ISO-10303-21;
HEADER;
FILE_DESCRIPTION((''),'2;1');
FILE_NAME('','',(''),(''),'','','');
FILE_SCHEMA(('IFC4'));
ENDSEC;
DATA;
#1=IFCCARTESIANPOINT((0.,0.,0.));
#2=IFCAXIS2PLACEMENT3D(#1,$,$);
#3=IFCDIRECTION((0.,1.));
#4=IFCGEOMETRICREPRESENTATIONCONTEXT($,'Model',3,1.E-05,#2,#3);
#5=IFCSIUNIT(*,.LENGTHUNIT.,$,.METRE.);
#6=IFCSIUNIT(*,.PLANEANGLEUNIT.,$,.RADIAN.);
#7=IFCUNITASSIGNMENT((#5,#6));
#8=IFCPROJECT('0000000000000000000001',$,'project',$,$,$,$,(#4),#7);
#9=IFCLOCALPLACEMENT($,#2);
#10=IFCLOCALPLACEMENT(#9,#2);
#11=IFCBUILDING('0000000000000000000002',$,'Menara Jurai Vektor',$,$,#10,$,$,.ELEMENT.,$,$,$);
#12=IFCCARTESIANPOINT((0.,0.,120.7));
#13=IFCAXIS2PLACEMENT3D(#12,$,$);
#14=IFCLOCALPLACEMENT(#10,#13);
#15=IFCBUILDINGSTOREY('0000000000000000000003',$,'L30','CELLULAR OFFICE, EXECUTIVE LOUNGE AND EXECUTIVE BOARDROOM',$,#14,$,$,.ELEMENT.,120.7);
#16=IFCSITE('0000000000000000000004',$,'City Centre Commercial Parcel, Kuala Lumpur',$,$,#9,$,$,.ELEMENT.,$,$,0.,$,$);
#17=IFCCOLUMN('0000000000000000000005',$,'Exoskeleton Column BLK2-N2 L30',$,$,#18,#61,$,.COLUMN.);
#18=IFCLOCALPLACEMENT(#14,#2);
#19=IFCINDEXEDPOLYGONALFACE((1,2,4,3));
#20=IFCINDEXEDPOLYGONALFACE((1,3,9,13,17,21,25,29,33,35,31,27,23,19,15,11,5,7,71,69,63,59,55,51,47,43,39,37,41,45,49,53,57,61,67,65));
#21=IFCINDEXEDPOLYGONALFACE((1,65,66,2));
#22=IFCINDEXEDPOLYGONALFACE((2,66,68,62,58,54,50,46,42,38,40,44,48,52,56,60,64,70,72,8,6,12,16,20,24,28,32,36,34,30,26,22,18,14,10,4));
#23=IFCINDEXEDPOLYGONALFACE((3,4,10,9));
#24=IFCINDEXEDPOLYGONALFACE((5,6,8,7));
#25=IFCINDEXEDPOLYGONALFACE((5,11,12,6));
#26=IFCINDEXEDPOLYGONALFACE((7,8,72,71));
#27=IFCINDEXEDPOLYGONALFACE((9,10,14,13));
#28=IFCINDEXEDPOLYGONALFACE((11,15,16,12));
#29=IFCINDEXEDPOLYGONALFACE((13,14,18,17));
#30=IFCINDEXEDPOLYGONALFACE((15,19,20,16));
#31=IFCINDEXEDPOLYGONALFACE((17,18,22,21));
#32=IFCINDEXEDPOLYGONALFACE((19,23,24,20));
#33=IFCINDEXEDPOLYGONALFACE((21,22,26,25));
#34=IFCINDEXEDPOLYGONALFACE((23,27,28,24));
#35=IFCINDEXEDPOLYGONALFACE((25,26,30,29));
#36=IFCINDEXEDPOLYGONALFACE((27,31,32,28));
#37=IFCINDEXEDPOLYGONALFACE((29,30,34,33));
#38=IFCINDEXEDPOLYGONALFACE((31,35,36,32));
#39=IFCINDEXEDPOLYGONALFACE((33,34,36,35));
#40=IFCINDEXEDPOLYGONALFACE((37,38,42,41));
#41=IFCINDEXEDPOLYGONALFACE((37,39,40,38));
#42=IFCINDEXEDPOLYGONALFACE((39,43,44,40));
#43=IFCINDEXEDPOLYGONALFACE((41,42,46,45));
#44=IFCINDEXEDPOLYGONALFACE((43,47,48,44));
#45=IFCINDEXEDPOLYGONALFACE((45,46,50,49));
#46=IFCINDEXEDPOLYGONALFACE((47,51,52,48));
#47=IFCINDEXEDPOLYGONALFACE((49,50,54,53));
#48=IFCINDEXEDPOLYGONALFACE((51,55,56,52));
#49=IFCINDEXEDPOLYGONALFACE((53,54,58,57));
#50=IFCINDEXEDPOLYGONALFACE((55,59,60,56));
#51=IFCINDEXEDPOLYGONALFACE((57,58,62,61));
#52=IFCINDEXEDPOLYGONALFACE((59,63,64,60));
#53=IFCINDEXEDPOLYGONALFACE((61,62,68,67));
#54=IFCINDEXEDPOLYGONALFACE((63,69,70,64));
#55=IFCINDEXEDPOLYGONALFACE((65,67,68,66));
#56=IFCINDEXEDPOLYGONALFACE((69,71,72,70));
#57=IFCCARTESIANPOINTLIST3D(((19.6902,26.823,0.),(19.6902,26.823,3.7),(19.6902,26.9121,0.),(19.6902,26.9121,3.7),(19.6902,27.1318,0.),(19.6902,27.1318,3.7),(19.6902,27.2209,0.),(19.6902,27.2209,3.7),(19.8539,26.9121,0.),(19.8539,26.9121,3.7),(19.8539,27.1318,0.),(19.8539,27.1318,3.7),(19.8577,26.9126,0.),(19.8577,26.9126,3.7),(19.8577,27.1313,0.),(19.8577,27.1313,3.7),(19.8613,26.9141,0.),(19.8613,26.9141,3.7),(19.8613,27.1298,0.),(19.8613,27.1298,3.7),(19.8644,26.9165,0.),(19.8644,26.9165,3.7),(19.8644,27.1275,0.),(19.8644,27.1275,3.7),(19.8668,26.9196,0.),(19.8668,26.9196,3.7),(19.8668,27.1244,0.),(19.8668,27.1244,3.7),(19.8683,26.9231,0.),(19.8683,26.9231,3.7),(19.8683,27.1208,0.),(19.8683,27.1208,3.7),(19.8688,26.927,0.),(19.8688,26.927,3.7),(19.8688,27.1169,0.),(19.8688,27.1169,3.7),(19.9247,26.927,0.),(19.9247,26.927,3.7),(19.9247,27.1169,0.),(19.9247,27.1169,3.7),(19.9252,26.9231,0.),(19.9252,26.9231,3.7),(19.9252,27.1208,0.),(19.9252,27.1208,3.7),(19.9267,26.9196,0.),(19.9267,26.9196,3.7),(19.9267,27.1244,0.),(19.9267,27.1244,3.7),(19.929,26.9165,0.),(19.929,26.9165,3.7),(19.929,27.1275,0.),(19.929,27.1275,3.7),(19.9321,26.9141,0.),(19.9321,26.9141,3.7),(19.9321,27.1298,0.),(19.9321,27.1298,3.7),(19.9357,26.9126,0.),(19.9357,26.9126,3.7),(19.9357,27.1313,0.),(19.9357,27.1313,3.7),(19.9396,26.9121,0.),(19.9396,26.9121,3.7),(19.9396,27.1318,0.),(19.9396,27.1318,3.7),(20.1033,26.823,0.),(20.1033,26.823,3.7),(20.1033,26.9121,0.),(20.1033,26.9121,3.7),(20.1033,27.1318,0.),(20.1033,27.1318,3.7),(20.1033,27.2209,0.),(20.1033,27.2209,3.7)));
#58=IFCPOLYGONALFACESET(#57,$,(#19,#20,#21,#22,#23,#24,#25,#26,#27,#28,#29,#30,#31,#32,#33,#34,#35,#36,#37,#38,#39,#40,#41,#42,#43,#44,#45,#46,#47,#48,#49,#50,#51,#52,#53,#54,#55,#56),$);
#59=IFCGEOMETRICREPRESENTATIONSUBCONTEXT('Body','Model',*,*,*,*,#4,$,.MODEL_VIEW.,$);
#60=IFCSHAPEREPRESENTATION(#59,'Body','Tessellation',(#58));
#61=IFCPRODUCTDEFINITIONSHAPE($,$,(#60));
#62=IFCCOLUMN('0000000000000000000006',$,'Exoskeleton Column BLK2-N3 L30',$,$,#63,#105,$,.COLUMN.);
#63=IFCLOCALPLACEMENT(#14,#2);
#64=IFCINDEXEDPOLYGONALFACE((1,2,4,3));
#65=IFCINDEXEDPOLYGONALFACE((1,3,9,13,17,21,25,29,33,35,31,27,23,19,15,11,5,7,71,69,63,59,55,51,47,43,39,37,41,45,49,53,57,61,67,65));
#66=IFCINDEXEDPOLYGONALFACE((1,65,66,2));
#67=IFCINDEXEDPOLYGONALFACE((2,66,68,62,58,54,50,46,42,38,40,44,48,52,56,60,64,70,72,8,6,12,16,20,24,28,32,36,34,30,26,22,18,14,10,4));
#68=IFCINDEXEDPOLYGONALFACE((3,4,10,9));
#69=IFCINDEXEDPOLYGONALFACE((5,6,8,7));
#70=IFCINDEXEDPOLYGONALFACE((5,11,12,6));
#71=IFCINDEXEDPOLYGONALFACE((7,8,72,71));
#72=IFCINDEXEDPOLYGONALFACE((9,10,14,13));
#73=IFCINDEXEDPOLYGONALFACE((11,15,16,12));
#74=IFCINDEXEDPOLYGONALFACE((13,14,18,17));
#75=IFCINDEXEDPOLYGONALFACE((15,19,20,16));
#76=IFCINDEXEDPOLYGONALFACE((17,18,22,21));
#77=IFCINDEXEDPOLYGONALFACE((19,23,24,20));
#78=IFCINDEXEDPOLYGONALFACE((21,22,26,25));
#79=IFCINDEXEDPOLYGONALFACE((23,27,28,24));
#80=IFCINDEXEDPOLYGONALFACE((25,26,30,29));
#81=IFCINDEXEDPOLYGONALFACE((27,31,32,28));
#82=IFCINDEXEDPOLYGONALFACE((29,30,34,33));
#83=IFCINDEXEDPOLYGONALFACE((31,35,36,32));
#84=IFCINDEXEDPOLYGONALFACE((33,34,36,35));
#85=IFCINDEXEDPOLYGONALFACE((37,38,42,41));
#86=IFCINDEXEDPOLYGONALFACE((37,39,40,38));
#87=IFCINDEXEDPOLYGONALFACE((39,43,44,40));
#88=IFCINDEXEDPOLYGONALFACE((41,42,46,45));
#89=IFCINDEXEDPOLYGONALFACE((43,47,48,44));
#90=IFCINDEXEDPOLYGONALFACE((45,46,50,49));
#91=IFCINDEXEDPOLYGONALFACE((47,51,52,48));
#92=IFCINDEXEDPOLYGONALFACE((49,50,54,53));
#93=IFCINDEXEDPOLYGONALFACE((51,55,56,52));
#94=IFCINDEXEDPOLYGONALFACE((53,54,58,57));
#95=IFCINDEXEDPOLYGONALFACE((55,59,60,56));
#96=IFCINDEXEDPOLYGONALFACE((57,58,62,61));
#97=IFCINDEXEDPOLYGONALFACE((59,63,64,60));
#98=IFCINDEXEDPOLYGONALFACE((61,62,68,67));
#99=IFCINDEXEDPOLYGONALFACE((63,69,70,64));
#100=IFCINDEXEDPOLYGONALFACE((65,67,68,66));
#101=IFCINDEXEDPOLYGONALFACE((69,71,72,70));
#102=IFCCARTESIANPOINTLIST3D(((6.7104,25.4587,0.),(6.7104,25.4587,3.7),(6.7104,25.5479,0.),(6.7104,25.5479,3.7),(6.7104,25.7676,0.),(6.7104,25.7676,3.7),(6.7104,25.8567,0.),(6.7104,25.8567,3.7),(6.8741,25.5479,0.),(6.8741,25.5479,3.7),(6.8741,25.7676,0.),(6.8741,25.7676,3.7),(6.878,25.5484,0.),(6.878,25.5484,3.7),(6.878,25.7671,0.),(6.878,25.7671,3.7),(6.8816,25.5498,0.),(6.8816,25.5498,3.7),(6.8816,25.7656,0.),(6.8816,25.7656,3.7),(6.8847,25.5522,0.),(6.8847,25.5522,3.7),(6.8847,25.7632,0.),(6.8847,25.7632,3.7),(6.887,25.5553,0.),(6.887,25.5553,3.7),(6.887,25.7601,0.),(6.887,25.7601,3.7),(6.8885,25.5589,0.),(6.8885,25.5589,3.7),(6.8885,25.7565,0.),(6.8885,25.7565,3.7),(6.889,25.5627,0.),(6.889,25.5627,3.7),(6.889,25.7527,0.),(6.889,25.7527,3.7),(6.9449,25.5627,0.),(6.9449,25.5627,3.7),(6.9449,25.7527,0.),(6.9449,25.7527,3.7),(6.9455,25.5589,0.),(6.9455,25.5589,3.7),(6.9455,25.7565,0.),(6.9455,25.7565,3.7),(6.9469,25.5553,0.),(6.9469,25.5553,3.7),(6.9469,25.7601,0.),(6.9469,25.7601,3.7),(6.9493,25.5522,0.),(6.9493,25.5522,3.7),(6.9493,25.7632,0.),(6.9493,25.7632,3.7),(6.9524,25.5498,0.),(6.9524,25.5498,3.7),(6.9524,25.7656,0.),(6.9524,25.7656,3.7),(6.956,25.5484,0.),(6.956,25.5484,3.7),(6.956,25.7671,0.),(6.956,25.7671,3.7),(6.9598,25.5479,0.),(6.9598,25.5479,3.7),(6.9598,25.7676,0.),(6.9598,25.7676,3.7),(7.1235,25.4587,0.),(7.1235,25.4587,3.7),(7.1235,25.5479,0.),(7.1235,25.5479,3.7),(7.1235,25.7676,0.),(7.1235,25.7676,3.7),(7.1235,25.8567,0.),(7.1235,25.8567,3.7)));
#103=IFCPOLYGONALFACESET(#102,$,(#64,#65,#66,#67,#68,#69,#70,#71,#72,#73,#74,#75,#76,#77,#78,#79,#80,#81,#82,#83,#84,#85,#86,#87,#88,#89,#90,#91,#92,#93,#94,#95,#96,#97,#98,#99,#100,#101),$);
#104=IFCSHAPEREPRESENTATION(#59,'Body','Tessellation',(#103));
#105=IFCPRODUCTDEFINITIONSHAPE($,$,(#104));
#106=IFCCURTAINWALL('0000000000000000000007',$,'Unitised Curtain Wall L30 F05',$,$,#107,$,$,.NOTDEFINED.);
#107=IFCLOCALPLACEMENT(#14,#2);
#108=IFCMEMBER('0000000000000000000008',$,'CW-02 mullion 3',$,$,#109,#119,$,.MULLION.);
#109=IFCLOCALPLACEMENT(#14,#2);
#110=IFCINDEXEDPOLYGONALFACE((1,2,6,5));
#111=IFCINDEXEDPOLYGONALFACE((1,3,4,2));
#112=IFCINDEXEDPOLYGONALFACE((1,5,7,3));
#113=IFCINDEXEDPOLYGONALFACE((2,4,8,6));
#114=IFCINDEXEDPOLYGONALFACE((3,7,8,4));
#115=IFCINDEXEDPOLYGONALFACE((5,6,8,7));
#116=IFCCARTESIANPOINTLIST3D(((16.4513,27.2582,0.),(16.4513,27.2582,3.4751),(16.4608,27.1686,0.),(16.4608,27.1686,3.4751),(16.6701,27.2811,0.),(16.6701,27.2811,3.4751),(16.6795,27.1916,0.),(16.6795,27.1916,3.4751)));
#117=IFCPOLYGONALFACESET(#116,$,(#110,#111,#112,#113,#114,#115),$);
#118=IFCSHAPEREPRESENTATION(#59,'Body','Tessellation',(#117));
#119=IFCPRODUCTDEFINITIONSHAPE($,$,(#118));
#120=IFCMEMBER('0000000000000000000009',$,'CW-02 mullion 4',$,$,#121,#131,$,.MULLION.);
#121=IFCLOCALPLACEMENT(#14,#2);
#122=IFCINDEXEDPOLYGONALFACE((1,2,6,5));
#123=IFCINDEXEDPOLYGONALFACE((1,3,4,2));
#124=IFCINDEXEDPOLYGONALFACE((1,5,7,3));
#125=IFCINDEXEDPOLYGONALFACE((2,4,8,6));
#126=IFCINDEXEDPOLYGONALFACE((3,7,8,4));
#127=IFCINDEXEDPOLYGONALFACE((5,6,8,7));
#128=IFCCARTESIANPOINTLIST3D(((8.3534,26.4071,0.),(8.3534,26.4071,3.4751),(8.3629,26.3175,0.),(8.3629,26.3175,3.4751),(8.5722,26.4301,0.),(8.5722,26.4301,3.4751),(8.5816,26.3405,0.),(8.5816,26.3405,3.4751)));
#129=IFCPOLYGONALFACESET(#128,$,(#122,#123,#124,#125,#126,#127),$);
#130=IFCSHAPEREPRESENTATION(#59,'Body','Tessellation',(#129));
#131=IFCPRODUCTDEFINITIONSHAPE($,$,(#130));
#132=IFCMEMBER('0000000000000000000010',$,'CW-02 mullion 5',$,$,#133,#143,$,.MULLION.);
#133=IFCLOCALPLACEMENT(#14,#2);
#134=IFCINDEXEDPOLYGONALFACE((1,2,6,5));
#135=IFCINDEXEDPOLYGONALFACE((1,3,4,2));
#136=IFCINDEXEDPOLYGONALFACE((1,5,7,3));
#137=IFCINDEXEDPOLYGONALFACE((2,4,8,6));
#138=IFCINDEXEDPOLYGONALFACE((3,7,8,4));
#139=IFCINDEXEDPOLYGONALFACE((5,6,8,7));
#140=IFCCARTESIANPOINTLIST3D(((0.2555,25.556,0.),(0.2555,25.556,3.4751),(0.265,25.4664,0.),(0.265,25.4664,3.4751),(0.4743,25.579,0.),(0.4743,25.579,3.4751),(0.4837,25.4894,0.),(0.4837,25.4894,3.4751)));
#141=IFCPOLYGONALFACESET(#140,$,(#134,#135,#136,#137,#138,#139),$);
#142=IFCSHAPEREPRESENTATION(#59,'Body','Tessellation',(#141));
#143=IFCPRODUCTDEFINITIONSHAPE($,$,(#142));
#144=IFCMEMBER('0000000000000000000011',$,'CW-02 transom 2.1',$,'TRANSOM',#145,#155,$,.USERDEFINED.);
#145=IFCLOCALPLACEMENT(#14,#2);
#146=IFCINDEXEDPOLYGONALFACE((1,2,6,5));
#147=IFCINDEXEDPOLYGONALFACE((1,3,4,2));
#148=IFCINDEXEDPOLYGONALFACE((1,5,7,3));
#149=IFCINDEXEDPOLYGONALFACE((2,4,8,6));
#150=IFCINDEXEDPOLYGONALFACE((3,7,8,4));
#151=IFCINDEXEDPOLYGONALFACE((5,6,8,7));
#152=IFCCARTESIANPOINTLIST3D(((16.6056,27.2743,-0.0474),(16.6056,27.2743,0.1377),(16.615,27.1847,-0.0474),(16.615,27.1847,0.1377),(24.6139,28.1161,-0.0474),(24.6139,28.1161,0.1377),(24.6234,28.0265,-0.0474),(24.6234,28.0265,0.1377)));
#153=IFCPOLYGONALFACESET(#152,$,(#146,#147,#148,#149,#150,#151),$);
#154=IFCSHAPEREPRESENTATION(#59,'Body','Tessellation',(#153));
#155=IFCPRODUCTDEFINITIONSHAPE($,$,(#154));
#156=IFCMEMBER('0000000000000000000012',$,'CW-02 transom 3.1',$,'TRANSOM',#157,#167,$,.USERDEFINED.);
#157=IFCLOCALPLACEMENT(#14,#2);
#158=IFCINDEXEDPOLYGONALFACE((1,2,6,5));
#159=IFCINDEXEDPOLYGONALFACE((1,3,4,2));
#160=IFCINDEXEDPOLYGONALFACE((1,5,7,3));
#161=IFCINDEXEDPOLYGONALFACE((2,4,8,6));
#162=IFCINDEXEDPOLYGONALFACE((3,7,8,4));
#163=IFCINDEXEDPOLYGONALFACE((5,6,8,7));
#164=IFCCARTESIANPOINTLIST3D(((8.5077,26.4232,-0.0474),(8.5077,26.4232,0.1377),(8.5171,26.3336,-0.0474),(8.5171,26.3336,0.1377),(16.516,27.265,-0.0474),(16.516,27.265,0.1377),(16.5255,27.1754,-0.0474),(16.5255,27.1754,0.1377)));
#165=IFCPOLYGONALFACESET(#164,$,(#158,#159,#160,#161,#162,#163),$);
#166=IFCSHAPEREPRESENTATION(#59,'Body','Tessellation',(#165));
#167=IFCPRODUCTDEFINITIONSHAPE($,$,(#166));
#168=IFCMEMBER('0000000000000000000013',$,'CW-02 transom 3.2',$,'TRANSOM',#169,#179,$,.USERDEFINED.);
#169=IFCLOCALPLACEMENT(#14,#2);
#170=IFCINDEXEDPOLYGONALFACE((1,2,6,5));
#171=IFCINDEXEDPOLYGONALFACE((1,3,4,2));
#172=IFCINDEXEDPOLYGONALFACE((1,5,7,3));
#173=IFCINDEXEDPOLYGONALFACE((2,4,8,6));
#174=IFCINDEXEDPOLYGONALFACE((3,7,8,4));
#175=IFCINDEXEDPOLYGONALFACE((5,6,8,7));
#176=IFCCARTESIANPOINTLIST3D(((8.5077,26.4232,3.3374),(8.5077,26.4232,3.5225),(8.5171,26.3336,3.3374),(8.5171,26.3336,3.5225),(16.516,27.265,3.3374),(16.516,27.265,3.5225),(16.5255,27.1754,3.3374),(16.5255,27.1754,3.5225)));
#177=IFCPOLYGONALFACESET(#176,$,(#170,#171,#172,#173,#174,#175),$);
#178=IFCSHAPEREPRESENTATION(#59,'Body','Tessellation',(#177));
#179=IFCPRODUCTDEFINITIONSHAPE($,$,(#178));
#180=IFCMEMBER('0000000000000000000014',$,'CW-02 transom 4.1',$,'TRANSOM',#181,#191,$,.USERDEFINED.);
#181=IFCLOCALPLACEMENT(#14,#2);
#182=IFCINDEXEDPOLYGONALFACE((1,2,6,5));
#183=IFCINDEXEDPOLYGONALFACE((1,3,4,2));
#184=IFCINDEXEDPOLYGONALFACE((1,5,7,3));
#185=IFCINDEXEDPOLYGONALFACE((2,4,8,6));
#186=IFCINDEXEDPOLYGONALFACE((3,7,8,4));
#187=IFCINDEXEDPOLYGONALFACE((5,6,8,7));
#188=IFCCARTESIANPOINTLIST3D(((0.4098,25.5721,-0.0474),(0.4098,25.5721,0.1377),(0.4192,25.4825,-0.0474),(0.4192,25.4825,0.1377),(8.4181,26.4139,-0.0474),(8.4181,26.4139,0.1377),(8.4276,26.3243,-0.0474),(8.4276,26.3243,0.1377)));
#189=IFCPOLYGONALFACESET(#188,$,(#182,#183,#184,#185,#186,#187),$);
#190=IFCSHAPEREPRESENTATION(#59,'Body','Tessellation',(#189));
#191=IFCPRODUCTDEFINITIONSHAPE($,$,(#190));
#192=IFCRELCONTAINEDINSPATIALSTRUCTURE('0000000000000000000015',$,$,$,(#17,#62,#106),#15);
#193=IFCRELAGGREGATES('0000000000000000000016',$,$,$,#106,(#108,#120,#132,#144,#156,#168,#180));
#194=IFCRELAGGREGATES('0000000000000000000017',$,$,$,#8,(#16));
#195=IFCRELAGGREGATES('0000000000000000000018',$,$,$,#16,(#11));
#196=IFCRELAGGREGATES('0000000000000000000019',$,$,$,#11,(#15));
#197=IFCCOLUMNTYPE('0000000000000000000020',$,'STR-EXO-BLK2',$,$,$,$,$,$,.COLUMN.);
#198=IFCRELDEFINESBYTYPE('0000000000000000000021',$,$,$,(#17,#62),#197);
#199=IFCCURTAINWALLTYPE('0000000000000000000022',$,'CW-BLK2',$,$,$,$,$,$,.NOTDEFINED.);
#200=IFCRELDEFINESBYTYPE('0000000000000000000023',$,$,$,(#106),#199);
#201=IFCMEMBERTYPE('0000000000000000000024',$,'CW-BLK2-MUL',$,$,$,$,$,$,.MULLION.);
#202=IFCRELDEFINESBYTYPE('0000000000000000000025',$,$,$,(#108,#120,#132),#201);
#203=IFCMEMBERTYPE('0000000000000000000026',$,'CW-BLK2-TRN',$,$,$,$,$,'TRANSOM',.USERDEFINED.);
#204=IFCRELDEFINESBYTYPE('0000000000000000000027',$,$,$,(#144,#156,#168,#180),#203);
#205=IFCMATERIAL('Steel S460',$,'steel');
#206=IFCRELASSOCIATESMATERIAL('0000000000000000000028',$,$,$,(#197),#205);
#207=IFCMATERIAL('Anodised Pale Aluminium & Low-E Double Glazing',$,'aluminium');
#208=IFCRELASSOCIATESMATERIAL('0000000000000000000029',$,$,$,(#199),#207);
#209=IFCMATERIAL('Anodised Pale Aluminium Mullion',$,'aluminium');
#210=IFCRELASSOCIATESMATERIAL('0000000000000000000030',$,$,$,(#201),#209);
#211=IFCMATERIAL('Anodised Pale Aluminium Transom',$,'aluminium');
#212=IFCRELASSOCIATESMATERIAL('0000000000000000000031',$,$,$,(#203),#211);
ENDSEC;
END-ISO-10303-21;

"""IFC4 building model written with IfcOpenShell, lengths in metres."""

from ifc_helpers import new_model, si_unit, direction, frame, origin, origin_2d, place, context, subcontext, project, spatial, rectangle, i_section, extrude, material, material_profile, profile_set, type_object, element, aggregate, save


model = new_model("IFC4")

# Units and contexts
model_context = context("Model", 3, precision=1e-05, world=origin(), true_north=direction((0.0, 1.0)))
body_context = subcontext(model_context, "Body", "Model", "MODEL_VIEW")
ifc_project = project(units=[si_unit("LENGTHUNIT", "METRE"), si_unit("PLANEANGLEUNIT", "RADIAN")], contexts=[model_context])

# Site, building, storey
site_placement = place(None, origin())
site = spatial("IfcSite", under=ifc_project, at=site_placement, Name="City Centre Commercial Parcel, Kuala Lumpur", CompositionType="ELEMENT", RefElevation=0.0)
building_placement = place(site_placement, origin())
building = spatial("IfcBuilding", under=site, at=building_placement, Name="Menara Jurai Vektor", CompositionType="ELEMENT")
storey_placement = place(building_placement, frame((0.0, 0.0, 120.7)))
storey = spatial("IfcBuildingStorey", under=building, at=storey_placement, Name="L30", Description="CELLULAR OFFICE, EXECUTIVE LOUNGE AND EXECUTIVE BOARDROOM", CompositionType="ELEMENT", Elevation=120.7)

# Columns
ifc_material_1 = material(Name="Steel S460", Category="steel")
ifc_material_profile_1 = material_profile(ifc_material_1, i_section(OverallWidth=0.4131, OverallDepth=0.3979, WebThickness=0.0559, FlangeThickness=0.0891, FilletRadius=0.0149, at=origin_2d()), Name="HD 400x744")
ifc_profile_set_1 = profile_set([ifc_material_profile_1], Name="Steel S460")
column_type = type_object("IfcColumnType", Name="STR-EXO-BLK2", PredefinedType="COLUMN", material=ifc_profile_set_1)
for number, where, z_axis, x_axis, name in (
    (1, (19.8967, 27.022, 0.0), (0.0, 0.0, 1.0), (1.0, 0.0, 0.0), "Exoskeleton Column BLK2-N2 L30"),
    (2, (6.917, 25.6577, 0.0), (0.0, 0.0, 1.0), (1.0, 0.0, 0.0), "Exoskeleton Column BLK2-N3 L30"),
):
    element("IfcColumn", number, at=place(storey_placement, frame(where, z_axis=z_axis, x_axis=x_axis)), inside=storey, type_object=column_type, Name=name, PredefinedType="COLUMN", context=body_context, shape_type="SweptSolid", body=[
        extrude(i_section(OverallWidth=0.4131, OverallDepth=0.3979, WebThickness=0.0559, FlangeThickness=0.0891, FilletRadius=0.0149, at=origin_2d()), origin(), (0.0, 0.0, 1.0), 3.7),
    ])

# Curtain wall, members
ifc_material_2 = material(Name="Anodised Pale Aluminium & Low-E Double Glazing", Category="aluminium")
curtain_wall_type = type_object("IfcCurtainWallType", Name="CW-BLK2", PredefinedType="NOTDEFINED", material=ifc_material_2)
curtain_wall_placement = place(storey_placement, origin())
curtain_wall = element("IfcCurtainWall", 3, at=curtain_wall_placement, inside=storey, type_object=curtain_wall_type, Name="Unitised Curtain Wall L30 F05", PredefinedType="NOTDEFINED")
ifc_material_3 = material(Name="Anodised Pale Aluminium Mullion", Category="aluminium")
ifc_material_profile_2 = material_profile(ifc_material_3, rectangle(XDim=0.0901, YDim=0.22, at=origin_2d()), Name="ALU MUL 90x220")
ifc_profile_set_2 = profile_set([ifc_material_profile_2], Name="Anodised Pale Aluminium Mullion")
member_type_1 = type_object("IfcMemberType", Name="CW-BLK2-MUL", PredefinedType="MULLION", material=ifc_profile_set_2)
member_1_placement = place(storey_placement, frame((16.5654, 27.2249, 0.0), z_axis=(0.0, 0.0, 1.0), x_axis=(0.104529, -0.994522, 0.0)))
member_1 = element("IfcMember", 4, at=member_1_placement, type_object=member_type_1, Name="CW-02 mullion 3", PredefinedType="MULLION", context=body_context, shape_type="SweptSolid", body=[
    extrude(rectangle(XDim=0.0901, YDim=0.22, at=origin_2d()), origin(), (0.0, 0.0, 1.0), 3.4751),
])
member_2_placement = place(storey_placement, frame((8.4675, 26.3738, 0.0), z_axis=(0.0, 0.0, 1.0), x_axis=(0.104529, -0.994522, 0.0)))
member_2 = element("IfcMember", 5, at=member_2_placement, type_object=member_type_1, Name="CW-02 mullion 4", PredefinedType="MULLION", context=body_context, shape_type="SweptSolid", body=[
    extrude(rectangle(XDim=0.0901, YDim=0.22, at=origin_2d()), origin(), (0.0, 0.0, 1.0), 3.4751),
])
member_3_placement = place(storey_placement, frame((0.3696, 25.5227, 0.0), z_axis=(0.0, 0.0, 1.0), x_axis=(0.104529, -0.994522, 0.0)))
member_3 = element("IfcMember", 6, at=member_3_placement, type_object=member_type_1, Name="CW-02 mullion 5", PredefinedType="MULLION", context=body_context, shape_type="SweptSolid", body=[
    extrude(rectangle(XDim=0.0901, YDim=0.22, at=origin_2d()), origin(), (0.0, 0.0, 1.0), 3.4751),
])
ifc_material_4 = material(Name="Anodised Pale Aluminium Transom", Category="aluminium")
ifc_material_profile_3 = material_profile(ifc_material_4, rectangle(XDim=0.0901, YDim=0.1851, at=origin_2d()), Name="ALU TRN 90x185")
ifc_profile_set_3 = profile_set([ifc_material_profile_3], Name="Anodised Pale Aluminium Transom")
member_type_2 = type_object("IfcMemberType", Name="CW-BLK2-TRN", ElementType="TRANSOM", PredefinedType="USERDEFINED", material=ifc_profile_set_3)
member_4_placement = place(storey_placement, frame((24.6187, 28.0713, 0.0452), z_axis=(-0.994521, -0.10454, 0.0), x_axis=(0.10454, -0.994521, 0.0)))
member_4 = element("IfcMember", 7, at=member_4_placement, type_object=member_type_2, Name="CW-02 transom 2.1", ObjectType="TRANSOM", PredefinedType="USERDEFINED", context=body_context, shape_type="SweptSolid", body=[
    extrude(rectangle(XDim=0.0901, YDim=0.1851, at=origin_2d()), origin(), (0.0, 0.0, 1.0), 8.0525),
])
member_5_placement = place(storey_placement, frame((16.5208, 27.2202, 0.0452), z_axis=(-0.994521, -0.10454, 0.0), x_axis=(0.10454, -0.994521, 0.0)))
member_5 = element("IfcMember", 8, at=member_5_placement, type_object=member_type_2, Name="CW-02 transom 3.1", ObjectType="TRANSOM", PredefinedType="USERDEFINED", context=body_context, shape_type="SweptSolid", body=[
    extrude(rectangle(XDim=0.0901, YDim=0.1851, at=origin_2d()), origin(), (0.0, 0.0, 1.0), 8.0525),
])
member_6_placement = place(storey_placement, frame((16.5208, 27.2202, 3.4299), z_axis=(-0.994521, -0.10454, 0.0), x_axis=(0.10454, -0.994521, 0.0)))
member_6 = element("IfcMember", 9, at=member_6_placement, type_object=member_type_2, Name="CW-02 transom 3.2", ObjectType="TRANSOM", PredefinedType="USERDEFINED", context=body_context, shape_type="SweptSolid", body=[
    extrude(rectangle(XDim=0.0901, YDim=0.1851, at=origin_2d()), origin(), (0.0, 0.0, 1.0), 8.0525),
])
member_7_placement = place(storey_placement, frame((8.4229, 26.3691, 0.0452), z_axis=(-0.994521, -0.10454, 0.0), x_axis=(0.10454, -0.994521, 0.0)))
member_7 = element("IfcMember", 10, at=member_7_placement, type_object=member_type_2, Name="CW-02 transom 4.1", ObjectType="TRANSOM", PredefinedType="USERDEFINED", context=body_context, shape_type="SweptSolid", body=[
    extrude(rectangle(XDim=0.0901, YDim=0.1851, at=origin_2d()), origin(), (0.0, 0.0, 1.0), 8.0525),
])

aggregate(curtain_wall, [member_1, member_2, member_3, member_4, member_5, member_6, member_7])

save(model, "model.ifc")
